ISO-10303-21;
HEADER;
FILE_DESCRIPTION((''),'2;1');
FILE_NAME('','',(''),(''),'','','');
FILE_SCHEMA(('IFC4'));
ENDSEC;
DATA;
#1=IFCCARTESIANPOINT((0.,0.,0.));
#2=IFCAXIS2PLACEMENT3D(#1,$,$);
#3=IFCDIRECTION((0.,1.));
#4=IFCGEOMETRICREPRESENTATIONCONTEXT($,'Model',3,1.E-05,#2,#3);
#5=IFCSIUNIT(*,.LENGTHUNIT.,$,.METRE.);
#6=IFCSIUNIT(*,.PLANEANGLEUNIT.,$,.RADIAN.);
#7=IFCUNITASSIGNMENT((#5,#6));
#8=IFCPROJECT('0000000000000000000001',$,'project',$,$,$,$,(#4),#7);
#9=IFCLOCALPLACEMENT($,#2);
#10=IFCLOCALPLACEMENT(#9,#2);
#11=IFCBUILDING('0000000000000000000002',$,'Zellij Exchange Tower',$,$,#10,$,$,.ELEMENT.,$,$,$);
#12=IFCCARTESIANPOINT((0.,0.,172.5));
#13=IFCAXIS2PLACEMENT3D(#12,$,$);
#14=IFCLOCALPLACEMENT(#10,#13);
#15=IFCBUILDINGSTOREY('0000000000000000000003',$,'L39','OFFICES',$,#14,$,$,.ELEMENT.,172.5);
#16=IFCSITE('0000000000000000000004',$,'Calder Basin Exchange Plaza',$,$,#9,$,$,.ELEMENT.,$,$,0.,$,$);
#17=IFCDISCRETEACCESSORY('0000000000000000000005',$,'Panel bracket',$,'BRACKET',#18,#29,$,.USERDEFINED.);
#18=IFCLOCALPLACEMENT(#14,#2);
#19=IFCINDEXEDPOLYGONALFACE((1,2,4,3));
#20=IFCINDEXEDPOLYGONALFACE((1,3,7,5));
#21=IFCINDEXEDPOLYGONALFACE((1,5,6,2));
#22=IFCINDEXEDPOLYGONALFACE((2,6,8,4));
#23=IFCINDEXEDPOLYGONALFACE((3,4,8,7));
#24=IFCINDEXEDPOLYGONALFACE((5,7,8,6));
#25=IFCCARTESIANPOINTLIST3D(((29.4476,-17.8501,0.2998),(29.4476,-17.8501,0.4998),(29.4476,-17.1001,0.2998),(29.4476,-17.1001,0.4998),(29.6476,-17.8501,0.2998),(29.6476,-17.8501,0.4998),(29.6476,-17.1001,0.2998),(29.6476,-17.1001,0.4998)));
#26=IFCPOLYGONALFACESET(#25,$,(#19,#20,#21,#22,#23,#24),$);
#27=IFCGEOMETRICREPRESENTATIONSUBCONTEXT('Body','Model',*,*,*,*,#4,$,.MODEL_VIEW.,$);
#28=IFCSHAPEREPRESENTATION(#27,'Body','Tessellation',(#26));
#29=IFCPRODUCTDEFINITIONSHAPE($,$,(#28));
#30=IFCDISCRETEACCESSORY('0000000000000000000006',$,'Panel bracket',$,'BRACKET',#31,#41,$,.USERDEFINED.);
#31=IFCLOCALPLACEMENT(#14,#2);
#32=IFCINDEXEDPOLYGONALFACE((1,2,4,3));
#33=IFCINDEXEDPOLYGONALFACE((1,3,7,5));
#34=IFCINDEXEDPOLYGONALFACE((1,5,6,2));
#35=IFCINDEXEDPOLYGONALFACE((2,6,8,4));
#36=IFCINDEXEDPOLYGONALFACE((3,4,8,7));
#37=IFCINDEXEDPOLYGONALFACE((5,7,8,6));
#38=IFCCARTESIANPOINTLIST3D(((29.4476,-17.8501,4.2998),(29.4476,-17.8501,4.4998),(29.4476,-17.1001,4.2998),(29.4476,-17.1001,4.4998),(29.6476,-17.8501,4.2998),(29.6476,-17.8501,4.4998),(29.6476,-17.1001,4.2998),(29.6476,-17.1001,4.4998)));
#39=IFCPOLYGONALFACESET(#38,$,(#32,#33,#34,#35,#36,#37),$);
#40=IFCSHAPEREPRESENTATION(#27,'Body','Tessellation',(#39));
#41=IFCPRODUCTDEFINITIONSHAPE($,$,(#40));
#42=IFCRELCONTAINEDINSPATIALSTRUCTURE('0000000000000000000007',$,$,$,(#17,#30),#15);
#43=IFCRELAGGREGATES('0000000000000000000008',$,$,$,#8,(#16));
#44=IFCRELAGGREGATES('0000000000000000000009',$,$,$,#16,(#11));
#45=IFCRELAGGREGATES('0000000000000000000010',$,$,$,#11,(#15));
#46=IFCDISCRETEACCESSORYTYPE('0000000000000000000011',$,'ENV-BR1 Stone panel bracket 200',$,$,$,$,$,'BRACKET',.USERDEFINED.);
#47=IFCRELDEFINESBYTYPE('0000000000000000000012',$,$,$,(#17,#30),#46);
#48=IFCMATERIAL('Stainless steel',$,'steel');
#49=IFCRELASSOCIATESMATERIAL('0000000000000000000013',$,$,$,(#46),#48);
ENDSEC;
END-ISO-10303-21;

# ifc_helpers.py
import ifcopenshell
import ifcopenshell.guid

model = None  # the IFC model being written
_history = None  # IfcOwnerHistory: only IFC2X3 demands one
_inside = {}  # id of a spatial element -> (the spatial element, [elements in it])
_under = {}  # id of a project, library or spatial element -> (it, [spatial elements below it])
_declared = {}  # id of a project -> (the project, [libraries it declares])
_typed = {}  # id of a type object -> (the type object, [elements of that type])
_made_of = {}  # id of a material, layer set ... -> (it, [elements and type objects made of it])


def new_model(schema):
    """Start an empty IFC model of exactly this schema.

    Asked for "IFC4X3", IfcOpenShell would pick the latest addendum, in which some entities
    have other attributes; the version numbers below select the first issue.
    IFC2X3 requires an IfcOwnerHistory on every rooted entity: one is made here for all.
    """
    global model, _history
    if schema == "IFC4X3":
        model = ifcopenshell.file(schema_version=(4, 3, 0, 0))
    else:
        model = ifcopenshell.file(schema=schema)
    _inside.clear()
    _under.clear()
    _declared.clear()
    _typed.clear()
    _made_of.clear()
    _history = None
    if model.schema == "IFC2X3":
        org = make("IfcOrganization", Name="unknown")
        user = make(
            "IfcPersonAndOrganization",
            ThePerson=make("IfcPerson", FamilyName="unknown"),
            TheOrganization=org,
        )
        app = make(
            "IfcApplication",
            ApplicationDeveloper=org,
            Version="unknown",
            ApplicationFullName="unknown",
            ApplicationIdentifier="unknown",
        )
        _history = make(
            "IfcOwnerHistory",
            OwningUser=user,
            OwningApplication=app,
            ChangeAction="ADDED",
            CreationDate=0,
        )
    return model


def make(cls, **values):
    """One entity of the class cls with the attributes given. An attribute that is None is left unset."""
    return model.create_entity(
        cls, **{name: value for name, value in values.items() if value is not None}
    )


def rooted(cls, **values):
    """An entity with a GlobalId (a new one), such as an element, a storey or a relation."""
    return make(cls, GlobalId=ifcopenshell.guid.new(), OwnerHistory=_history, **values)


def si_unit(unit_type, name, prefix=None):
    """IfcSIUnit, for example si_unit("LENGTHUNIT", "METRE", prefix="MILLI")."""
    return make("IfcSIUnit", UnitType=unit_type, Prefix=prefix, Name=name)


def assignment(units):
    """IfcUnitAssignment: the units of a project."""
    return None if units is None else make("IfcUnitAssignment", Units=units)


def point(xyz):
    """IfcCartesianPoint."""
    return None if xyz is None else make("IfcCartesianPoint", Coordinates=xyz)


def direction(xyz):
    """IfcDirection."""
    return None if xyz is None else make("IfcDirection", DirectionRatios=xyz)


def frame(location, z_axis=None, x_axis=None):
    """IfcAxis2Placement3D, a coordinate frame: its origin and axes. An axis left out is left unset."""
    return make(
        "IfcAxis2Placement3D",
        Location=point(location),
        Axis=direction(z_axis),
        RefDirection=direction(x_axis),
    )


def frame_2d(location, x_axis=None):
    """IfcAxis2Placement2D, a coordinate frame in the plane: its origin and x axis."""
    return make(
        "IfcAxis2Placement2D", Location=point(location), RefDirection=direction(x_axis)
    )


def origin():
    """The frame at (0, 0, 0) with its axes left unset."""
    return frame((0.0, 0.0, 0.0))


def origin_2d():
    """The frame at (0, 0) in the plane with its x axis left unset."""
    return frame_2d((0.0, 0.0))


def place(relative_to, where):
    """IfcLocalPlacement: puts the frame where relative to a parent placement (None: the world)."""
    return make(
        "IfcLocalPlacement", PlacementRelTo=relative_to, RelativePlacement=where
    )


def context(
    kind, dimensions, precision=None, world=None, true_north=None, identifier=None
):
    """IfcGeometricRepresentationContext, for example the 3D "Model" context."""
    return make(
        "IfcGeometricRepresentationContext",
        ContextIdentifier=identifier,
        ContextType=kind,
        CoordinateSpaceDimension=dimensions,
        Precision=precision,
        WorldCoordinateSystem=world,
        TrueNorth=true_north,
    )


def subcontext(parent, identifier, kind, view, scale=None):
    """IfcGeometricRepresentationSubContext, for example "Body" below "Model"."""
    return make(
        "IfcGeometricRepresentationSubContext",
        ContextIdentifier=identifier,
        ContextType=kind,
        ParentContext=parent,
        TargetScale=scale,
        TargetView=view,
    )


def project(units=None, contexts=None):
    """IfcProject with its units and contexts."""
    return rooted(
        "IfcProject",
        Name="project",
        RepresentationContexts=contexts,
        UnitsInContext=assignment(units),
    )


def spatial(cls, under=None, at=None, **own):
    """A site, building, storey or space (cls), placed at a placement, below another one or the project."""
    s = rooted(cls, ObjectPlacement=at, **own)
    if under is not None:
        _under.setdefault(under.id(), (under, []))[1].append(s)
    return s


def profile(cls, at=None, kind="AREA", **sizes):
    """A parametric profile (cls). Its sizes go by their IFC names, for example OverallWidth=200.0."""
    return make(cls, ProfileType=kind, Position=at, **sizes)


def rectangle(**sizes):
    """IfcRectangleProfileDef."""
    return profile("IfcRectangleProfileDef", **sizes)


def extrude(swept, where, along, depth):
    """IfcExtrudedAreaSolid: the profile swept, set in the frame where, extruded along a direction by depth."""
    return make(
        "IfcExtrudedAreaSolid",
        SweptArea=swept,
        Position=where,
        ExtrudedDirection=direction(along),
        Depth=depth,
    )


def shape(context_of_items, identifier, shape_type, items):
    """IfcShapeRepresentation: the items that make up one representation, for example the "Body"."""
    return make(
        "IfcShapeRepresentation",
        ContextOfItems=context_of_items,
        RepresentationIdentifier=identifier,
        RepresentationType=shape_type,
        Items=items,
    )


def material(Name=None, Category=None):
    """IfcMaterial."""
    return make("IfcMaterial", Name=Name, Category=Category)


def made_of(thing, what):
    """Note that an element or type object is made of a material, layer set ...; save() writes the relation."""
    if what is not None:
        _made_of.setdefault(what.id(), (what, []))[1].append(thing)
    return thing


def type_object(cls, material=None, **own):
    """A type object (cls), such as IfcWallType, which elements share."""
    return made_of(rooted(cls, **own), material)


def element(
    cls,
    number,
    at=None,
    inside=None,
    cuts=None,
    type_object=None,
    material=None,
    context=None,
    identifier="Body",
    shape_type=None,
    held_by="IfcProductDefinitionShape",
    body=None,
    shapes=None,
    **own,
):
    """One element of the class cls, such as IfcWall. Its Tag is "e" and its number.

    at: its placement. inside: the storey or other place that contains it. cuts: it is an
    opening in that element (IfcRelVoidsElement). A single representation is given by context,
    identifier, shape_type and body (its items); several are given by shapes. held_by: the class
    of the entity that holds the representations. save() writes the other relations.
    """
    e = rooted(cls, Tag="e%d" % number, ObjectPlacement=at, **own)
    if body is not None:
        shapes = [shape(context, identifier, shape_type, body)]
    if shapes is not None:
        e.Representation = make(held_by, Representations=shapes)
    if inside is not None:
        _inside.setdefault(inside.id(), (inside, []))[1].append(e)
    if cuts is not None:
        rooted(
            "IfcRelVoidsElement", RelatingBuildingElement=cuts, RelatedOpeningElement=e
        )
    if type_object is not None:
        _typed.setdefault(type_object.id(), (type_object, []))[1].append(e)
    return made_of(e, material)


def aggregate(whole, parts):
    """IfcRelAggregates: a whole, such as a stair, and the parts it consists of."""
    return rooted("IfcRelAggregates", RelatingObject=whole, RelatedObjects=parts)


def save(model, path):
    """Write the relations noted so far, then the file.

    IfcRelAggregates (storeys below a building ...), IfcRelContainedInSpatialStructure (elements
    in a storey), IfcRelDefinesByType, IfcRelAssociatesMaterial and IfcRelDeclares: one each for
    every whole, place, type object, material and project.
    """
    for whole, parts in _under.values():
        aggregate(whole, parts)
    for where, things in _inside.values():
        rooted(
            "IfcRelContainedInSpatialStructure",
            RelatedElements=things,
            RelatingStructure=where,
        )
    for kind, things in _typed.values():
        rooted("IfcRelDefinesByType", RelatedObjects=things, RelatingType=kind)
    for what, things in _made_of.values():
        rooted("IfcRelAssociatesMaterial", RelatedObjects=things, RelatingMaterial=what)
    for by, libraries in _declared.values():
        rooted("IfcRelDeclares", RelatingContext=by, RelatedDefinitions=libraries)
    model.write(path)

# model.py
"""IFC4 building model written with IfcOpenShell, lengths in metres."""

from ifc_helpers import new_model, si_unit, direction, frame, origin, origin_2d, place, context, subcontext, project, spatial, rectangle, extrude, material, type_object, element, save


model = new_model("IFC4")

# Units and contexts
model_context = context("Model", 3, precision=1e-05, world=origin(), true_north=direction((0.0, 1.0)))
body_context = subcontext(model_context, "Body", "Model", "MODEL_VIEW")
ifc_project = project(units=[si_unit("LENGTHUNIT", "METRE"), si_unit("PLANEANGLEUNIT", "RADIAN")], contexts=[model_context])

# Site, building, storey
site_placement = place(None, origin())
site = spatial("IfcSite", under=ifc_project, at=site_placement, Name="Calder Basin Exchange Plaza", CompositionType="ELEMENT", RefElevation=0.0)
building_placement = place(site_placement, origin())
building = spatial("IfcBuilding", under=site, at=building_placement, Name="Zellij Exchange Tower", CompositionType="ELEMENT")
storey_placement = place(building_placement, frame((0.0, 0.0, 172.5)))
storey = spatial("IfcBuildingStorey", under=building, at=storey_placement, Name="L39", Description="OFFICES", CompositionType="ELEMENT", Elevation=172.5)

# Discrete accessories
ifc_material_1 = material(Name="Stainless steel", Category="steel")
discrete_accessory_type = type_object("IfcDiscreteAccessoryType", Name="ENV-BR1 Stone panel bracket 200", ElementType="BRACKET", PredefinedType="USERDEFINED", material=ifc_material_1)
for number, where, z_axis, x_axis, name in (
    (1, (29.5476, -17.4751, 0.2998), (0.0, 0.0, 1.0), (1.0, 0.0, 0.0), "Panel bracket"),
    (2, (29.5476, -17.4751, 4.2998), (0.0, 0.0, 1.0), (1.0, 0.0, 0.0), "Panel bracket"),
):
    element("IfcDiscreteAccessory", number, at=place(storey_placement, frame(where, z_axis=z_axis, x_axis=x_axis)), inside=storey, type_object=discrete_accessory_type, Name=name, ObjectType="BRACKET", PredefinedType="USERDEFINED", context=body_context, shape_type="SweptSolid", body=[
        extrude(rectangle(XDim=0.2, YDim=0.75, at=origin_2d()), origin(), (0.0, 0.0, 1.0), 0.2),
    ])

save(model, "model.ifc")
